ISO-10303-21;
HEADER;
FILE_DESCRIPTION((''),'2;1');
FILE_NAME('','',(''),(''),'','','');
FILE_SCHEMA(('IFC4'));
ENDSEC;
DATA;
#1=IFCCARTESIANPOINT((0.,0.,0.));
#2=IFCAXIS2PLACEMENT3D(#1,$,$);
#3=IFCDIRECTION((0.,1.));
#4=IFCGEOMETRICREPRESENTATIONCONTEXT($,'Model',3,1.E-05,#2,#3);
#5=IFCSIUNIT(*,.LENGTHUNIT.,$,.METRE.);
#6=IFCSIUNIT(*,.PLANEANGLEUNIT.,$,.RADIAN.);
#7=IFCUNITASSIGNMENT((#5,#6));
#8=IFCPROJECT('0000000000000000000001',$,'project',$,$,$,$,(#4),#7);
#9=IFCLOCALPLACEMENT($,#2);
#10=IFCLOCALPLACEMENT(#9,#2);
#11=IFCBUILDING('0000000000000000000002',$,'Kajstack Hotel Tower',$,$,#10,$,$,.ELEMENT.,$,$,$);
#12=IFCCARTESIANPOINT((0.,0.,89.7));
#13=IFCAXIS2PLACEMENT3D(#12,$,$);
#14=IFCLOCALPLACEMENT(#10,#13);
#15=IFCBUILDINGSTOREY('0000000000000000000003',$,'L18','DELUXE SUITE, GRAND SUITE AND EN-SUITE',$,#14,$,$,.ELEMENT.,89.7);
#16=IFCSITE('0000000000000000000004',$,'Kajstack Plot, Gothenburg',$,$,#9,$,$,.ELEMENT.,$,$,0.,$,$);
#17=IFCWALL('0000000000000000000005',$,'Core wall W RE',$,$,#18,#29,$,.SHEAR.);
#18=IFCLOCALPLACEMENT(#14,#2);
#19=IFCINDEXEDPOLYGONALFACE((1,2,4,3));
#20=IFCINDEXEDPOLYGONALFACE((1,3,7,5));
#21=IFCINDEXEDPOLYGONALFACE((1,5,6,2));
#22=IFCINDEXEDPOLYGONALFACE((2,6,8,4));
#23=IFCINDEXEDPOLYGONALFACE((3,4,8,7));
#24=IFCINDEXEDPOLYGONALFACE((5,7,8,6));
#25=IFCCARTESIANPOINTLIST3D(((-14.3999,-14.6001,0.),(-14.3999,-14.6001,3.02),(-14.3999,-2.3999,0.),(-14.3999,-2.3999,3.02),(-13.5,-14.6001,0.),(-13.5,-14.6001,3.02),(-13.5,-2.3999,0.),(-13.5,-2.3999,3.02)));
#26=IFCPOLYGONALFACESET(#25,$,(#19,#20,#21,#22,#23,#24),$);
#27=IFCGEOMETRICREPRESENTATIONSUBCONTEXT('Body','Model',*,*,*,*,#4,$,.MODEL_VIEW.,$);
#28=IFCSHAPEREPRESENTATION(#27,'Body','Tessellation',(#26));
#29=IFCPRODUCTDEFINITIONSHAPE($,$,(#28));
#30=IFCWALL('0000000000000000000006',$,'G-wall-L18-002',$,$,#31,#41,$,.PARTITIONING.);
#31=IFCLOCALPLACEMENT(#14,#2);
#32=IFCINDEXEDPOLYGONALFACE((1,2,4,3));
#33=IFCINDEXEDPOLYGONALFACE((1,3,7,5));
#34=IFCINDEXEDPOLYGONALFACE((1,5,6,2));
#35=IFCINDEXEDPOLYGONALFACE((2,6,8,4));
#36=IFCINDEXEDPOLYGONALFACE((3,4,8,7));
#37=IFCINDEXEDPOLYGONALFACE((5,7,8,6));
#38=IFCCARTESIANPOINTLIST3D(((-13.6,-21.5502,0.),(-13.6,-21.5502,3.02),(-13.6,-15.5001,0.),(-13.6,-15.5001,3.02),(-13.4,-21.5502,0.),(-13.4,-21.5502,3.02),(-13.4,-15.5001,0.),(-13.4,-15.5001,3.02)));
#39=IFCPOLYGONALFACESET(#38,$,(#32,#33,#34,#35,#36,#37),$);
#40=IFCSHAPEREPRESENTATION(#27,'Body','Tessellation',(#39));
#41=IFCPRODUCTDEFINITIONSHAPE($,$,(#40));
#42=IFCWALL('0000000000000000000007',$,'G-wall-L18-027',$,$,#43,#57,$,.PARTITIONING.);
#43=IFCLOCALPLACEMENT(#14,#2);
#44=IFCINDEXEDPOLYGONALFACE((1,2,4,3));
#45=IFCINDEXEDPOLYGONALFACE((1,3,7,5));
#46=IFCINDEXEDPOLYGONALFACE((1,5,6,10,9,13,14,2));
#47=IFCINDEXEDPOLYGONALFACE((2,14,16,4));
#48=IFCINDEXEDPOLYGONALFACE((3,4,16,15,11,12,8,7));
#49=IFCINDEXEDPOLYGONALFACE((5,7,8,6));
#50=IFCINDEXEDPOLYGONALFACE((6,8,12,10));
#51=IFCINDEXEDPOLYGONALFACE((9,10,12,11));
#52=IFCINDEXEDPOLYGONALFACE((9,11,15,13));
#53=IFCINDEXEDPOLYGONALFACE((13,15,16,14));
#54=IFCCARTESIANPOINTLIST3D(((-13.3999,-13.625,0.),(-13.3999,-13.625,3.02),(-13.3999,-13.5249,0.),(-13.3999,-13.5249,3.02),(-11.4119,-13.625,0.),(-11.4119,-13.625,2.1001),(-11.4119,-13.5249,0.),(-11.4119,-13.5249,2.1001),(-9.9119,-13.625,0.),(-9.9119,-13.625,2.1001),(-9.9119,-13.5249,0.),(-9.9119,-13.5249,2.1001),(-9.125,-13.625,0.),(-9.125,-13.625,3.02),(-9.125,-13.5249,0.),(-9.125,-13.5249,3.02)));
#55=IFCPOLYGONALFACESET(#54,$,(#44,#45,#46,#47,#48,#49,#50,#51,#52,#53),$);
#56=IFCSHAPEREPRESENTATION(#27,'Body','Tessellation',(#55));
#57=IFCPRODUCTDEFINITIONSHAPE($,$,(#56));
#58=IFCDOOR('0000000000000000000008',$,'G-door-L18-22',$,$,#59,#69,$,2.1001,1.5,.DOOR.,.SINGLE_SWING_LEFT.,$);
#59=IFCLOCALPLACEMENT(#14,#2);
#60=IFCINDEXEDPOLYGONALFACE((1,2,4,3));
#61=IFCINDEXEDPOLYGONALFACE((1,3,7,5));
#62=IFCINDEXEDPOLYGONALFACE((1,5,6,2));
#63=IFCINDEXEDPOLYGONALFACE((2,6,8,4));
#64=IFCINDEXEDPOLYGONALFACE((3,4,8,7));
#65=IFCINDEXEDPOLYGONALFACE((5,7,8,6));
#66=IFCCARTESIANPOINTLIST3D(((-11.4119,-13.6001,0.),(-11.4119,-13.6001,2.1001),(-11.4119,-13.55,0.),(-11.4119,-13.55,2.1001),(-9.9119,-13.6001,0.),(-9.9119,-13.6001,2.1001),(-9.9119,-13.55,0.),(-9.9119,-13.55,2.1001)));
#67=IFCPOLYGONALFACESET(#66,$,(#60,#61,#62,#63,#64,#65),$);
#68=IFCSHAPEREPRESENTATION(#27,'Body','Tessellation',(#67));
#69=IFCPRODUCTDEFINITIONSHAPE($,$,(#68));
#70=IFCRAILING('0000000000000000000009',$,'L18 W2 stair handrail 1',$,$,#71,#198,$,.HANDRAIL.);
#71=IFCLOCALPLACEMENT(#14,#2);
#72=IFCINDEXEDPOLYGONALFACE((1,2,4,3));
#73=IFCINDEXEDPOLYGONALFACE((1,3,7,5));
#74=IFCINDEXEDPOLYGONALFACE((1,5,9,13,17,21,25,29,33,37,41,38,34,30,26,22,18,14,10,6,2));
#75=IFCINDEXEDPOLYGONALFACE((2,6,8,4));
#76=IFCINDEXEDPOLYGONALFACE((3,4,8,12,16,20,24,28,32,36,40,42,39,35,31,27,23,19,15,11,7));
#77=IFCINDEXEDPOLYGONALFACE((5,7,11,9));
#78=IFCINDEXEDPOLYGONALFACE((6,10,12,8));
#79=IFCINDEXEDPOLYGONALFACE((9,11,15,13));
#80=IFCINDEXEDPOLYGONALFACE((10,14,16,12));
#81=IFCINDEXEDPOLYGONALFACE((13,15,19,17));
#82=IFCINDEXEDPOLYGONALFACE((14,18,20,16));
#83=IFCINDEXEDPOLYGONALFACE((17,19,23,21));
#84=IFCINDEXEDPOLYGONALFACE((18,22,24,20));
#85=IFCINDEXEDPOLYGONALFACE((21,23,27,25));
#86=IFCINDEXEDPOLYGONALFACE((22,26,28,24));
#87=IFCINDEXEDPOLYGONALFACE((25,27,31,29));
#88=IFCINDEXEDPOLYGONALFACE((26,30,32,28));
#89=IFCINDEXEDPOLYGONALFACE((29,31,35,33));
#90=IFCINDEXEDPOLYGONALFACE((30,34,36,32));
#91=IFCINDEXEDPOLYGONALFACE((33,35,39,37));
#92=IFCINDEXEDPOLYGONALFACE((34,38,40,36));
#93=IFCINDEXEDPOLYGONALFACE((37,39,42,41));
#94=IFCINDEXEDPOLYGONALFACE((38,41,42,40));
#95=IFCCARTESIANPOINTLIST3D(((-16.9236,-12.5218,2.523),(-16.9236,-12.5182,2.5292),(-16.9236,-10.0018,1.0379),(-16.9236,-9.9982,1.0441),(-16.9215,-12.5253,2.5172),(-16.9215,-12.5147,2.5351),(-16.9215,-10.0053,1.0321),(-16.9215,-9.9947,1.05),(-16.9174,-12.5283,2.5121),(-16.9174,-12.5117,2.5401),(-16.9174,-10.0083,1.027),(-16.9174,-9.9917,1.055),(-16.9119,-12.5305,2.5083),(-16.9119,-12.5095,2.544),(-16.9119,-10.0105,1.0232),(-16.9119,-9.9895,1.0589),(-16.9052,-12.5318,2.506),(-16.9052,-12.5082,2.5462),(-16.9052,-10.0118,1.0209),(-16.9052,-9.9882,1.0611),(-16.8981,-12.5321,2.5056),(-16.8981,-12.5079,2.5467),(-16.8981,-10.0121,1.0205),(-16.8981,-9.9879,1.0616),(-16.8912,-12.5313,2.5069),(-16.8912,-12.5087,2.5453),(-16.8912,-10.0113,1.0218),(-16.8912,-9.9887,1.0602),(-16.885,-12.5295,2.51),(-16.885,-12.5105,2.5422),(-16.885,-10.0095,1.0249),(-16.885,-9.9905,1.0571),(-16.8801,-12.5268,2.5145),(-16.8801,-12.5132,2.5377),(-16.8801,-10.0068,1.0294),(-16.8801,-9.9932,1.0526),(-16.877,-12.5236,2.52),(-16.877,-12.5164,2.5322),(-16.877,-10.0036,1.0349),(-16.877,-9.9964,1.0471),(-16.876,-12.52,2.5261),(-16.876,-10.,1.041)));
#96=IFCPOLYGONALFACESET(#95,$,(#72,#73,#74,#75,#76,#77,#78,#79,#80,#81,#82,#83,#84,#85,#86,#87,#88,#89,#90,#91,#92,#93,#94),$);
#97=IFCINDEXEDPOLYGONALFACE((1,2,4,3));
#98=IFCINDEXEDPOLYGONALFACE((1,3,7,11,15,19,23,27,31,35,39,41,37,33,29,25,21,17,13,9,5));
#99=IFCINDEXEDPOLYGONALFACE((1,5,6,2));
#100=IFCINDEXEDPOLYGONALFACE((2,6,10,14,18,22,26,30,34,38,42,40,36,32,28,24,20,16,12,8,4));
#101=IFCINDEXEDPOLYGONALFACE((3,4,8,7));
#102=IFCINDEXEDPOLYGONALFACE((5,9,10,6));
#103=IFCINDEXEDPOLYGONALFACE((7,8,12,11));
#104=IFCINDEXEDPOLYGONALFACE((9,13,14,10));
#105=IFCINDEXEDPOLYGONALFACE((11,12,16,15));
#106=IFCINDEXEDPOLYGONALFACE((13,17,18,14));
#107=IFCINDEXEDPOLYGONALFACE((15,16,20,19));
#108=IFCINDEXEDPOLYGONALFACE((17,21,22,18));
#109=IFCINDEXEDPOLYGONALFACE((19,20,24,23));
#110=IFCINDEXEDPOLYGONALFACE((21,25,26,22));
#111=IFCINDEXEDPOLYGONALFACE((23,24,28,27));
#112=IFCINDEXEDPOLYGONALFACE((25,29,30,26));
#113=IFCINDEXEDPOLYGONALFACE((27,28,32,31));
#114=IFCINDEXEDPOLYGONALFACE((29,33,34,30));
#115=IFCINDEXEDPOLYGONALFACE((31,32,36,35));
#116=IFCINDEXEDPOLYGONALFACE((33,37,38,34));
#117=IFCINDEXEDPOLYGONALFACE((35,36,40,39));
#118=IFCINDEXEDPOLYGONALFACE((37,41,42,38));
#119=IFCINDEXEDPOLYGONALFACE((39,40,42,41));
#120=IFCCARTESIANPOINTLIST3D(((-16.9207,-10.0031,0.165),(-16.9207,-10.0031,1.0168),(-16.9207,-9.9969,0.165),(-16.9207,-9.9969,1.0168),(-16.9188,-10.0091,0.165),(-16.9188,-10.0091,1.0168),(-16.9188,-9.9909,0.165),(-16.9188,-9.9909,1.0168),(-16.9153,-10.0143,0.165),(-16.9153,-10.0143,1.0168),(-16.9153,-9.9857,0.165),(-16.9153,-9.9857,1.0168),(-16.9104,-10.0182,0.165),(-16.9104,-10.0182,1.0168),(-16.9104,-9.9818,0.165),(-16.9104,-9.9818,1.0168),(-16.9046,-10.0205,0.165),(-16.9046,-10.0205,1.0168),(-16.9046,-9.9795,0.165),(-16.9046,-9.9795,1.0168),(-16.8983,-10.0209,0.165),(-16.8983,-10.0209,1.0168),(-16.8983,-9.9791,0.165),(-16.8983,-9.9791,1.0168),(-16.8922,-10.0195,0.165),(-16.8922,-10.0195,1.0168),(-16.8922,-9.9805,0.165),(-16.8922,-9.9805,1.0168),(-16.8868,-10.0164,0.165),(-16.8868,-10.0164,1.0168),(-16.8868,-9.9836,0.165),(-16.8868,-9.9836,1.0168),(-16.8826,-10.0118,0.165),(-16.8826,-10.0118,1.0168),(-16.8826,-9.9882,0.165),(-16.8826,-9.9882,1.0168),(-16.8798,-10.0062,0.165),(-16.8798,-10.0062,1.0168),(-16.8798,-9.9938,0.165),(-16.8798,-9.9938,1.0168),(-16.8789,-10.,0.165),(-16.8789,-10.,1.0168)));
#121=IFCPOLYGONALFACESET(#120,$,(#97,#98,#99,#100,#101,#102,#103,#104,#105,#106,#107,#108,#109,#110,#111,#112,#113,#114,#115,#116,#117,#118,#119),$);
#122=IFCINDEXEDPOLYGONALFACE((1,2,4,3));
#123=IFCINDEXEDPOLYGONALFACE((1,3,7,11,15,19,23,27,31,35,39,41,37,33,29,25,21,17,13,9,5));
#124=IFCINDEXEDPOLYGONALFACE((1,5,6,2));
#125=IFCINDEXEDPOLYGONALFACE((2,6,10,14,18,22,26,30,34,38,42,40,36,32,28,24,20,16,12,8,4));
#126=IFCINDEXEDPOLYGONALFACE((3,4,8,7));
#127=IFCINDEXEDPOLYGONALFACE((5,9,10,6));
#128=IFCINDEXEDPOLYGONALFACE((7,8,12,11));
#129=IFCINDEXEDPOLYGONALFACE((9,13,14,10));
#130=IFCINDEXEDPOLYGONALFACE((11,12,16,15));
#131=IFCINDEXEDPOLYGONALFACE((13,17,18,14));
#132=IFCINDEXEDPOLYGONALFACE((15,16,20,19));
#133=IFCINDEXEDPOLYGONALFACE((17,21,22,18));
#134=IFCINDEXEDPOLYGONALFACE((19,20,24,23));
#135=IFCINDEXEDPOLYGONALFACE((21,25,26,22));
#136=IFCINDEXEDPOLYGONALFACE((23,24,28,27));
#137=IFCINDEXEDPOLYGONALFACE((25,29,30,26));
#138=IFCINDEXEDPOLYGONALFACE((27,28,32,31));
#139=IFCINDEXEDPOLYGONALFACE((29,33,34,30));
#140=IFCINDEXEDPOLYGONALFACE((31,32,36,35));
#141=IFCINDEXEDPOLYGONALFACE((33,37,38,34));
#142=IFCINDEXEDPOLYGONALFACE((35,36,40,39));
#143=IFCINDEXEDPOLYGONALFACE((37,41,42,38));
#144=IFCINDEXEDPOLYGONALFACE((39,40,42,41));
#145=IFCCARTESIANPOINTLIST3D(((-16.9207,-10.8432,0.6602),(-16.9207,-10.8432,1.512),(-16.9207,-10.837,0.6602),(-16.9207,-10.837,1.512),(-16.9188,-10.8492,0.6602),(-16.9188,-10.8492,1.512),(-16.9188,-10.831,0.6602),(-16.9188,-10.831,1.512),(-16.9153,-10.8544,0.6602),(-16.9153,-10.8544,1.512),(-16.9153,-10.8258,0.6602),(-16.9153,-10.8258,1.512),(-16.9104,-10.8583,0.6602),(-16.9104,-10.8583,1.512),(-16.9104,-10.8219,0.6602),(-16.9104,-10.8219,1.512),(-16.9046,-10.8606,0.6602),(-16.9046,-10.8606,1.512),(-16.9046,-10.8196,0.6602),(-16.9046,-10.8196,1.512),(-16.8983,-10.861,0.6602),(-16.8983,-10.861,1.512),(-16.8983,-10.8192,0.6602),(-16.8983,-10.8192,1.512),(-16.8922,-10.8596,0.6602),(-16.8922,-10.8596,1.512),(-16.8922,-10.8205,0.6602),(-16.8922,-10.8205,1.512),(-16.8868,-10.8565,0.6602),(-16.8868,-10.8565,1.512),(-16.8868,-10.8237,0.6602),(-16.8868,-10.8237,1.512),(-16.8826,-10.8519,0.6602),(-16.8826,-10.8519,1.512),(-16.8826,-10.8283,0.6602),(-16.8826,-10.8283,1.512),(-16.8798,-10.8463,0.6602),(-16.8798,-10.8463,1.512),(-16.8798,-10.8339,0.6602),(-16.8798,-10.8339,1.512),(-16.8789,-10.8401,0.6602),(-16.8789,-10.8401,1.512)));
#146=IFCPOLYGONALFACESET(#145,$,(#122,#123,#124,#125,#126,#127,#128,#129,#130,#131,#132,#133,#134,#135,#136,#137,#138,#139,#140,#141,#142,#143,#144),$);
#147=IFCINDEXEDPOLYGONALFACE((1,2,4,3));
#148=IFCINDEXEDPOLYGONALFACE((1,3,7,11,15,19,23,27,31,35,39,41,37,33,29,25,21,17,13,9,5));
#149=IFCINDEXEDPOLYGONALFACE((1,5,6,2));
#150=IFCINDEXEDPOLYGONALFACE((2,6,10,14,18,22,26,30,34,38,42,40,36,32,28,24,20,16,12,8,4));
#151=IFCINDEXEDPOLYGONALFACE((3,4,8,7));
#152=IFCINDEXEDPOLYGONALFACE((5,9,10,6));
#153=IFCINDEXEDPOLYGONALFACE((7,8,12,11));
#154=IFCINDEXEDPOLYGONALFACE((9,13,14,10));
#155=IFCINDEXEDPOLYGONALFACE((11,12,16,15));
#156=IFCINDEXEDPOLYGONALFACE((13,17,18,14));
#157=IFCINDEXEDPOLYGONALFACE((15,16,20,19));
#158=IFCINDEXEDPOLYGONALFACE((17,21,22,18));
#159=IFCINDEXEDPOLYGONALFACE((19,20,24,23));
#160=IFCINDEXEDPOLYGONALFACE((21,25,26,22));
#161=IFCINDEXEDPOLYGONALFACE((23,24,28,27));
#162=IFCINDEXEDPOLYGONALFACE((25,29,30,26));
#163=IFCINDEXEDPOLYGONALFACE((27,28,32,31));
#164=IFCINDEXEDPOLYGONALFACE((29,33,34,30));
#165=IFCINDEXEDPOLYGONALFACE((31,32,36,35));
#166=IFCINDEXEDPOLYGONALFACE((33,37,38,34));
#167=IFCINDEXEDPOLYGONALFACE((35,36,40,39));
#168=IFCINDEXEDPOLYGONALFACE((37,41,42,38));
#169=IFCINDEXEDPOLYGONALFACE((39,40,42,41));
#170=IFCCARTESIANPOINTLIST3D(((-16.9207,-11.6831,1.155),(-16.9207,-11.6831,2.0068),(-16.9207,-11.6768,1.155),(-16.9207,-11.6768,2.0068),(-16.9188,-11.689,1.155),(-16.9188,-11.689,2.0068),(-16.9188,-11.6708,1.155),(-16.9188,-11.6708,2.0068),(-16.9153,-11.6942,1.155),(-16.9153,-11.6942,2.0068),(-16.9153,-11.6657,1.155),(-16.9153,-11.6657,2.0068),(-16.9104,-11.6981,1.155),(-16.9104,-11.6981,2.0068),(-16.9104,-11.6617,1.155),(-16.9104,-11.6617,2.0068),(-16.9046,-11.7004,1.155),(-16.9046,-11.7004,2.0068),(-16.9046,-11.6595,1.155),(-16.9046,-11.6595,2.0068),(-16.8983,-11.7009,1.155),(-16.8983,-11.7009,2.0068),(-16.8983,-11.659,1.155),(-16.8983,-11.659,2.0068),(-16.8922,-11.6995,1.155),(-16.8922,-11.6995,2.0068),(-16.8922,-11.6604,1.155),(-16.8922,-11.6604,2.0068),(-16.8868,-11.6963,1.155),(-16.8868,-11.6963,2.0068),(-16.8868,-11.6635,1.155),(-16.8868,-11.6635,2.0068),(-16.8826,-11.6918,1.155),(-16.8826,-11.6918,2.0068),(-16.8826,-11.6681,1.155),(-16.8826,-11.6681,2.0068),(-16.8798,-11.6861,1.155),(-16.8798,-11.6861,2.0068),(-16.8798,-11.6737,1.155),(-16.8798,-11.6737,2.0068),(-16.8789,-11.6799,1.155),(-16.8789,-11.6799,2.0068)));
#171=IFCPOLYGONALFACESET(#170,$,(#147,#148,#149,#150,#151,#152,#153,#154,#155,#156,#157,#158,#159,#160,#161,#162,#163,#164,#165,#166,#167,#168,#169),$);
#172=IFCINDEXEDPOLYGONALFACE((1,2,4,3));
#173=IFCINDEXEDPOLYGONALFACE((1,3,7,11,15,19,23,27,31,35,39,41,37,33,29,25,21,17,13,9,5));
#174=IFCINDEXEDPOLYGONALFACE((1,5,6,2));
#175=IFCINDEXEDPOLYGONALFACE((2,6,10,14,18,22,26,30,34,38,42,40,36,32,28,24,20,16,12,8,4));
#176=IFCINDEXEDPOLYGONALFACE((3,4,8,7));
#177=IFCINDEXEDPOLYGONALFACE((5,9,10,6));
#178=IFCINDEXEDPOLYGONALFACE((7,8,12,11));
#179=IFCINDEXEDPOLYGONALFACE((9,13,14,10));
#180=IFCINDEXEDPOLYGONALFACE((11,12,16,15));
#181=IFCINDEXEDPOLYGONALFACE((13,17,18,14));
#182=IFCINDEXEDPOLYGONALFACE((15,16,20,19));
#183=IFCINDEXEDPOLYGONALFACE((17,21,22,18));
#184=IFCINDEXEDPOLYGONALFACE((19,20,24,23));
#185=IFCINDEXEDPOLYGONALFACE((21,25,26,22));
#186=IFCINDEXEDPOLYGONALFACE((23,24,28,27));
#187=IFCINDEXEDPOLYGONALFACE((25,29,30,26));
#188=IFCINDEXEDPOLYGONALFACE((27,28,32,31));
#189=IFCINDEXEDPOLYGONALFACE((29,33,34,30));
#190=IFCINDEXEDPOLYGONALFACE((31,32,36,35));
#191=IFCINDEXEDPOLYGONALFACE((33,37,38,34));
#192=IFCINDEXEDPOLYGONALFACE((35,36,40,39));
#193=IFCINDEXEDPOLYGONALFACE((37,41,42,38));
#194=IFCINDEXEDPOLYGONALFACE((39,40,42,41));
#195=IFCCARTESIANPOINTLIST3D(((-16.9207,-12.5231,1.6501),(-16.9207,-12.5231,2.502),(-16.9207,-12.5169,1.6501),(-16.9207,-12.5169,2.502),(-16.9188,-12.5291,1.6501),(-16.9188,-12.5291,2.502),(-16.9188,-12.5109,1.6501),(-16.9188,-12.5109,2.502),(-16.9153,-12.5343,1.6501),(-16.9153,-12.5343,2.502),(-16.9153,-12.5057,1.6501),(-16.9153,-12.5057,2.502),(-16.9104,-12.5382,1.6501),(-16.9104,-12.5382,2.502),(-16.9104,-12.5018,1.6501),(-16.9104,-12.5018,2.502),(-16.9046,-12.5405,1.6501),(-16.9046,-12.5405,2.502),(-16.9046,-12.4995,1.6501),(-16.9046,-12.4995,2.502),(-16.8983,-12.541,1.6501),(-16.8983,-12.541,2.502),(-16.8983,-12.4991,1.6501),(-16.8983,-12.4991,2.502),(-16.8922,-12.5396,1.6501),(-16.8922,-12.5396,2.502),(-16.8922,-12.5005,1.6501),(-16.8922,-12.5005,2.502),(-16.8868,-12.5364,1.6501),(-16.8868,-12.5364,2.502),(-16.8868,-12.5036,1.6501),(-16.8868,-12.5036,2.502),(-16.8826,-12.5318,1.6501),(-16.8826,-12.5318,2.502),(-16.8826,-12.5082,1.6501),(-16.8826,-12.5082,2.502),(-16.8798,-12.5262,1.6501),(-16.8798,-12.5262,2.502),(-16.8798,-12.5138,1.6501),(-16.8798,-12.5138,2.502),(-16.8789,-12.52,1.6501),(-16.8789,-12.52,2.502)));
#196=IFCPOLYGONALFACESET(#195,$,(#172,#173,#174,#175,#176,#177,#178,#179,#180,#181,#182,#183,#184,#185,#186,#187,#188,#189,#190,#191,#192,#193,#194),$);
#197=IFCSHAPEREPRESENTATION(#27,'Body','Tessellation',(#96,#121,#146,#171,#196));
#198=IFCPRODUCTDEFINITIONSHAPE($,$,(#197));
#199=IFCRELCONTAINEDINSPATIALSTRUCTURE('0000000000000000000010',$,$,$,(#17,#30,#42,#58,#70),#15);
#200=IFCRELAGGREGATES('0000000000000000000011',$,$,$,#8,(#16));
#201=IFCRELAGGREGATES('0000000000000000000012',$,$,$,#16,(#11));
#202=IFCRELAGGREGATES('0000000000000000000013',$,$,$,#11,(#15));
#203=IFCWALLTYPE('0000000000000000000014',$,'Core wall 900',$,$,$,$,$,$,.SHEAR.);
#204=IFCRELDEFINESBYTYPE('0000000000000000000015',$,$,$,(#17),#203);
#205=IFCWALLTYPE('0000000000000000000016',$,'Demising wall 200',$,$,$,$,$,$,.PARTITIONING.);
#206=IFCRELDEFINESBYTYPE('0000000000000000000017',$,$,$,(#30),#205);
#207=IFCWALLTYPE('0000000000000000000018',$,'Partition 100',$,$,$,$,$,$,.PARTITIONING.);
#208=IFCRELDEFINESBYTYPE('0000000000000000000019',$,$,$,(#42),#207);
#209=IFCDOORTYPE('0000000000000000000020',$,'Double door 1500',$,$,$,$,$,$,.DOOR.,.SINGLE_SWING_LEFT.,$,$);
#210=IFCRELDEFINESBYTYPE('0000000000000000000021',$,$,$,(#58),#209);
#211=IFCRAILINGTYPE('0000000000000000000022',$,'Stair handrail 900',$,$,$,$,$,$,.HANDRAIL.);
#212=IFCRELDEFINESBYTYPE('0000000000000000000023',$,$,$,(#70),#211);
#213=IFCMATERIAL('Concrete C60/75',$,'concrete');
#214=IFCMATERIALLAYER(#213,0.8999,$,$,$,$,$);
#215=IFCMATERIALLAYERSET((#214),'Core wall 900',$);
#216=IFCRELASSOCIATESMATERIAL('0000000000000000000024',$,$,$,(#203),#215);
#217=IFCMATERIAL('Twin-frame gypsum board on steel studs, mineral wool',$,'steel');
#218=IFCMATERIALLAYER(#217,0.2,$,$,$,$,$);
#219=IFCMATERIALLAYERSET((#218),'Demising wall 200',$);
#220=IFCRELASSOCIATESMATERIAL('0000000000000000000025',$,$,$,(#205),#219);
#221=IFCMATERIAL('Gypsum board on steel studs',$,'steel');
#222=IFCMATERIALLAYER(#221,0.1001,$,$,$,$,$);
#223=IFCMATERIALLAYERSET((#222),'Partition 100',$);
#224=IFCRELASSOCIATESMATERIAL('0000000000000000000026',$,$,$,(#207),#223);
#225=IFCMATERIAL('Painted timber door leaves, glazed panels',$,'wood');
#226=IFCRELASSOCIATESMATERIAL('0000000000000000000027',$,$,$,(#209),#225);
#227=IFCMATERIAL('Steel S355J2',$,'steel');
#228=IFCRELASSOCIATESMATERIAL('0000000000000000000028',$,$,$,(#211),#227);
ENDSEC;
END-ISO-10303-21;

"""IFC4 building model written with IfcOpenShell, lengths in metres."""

from ifc_helpers import new_model, si_unit, direction, frame, frame_2d, origin, origin_2d, place, context, subcontext, project, spatial, rectangle, circle, extrude, material, layer, layer_set, type_object, element, fill, save


model = new_model("IFC4")

# Units and contexts
model_context = context("Model", 3, precision=1e-05, world=origin(), true_north=direction((0.0, 1.0)))
body_context = subcontext(model_context, "Body", "Model", "MODEL_VIEW")
ifc_project = project(units=[si_unit("LENGTHUNIT", "METRE"), si_unit("PLANEANGLEUNIT", "RADIAN")], contexts=[model_context])

# Site, building, storey
site_placement = place(None, origin())
site = spatial("IfcSite", under=ifc_project, at=site_placement, Name="Kajstack Plot, Gothenburg", CompositionType="ELEMENT", RefElevation=0.0)
building_placement = place(site_placement, origin())
building = spatial("IfcBuilding", under=site, at=building_placement, Name="Kajstack Hotel Tower", CompositionType="ELEMENT")
storey_placement = place(building_placement, frame((0.0, 0.0, 89.7)))
storey = spatial("IfcBuildingStorey", under=building, at=storey_placement, Name="L18", Description="DELUXE SUITE, GRAND SUITE AND EN-SUITE", CompositionType="ELEMENT", Elevation=89.7)

# Walls
ifc_material_1 = material(Name="Concrete C60/75", Category="concrete")
ifc_layer_1 = layer(ifc_material_1, 0.8999)
ifc_layer_set_1 = layer_set([ifc_layer_1], Name="Core wall 900")
wall_type_1 = type_object("IfcWallType", Name="Core wall 900", PredefinedType="SHEAR", material=ifc_layer_set_1)
wall_1_placement = place(storey_placement, frame((-13.95, -14.6001, 0.0), z_axis=(0.0, 0.0, 1.0), x_axis=(0.0, 1.0, 0.0)))
element("IfcWall", 1, at=wall_1_placement, inside=storey, type_object=wall_type_1, Name="Core wall W RE", PredefinedType="SHEAR", context=body_context, shape_type="SweptSolid", body=[
    extrude(rectangle(XDim=12.2002, YDim=0.8999, at=frame_2d((6.1001, 0.0))), origin(), (0.0, 0.0, 1.0), 3.02),
])
ifc_material_2 = material(Name="Twin-frame gypsum board on steel studs, mineral wool", Category="steel")
ifc_layer_2 = layer(ifc_material_2, 0.2)
ifc_layer_set_2 = layer_set([ifc_layer_2], Name="Demising wall 200")
wall_type_2 = type_object("IfcWallType", Name="Demising wall 200", PredefinedType="PARTITIONING", material=ifc_layer_set_2)
wall_2_placement = place(storey_placement, frame((-13.5, -21.55, 0.0), z_axis=(0.0, 0.0, 1.0), x_axis=(0.0, 1.0, 0.0)))
element("IfcWall", 2, at=wall_2_placement, inside=storey, type_object=wall_type_2, Name="G-wall-L18-002", PredefinedType="PARTITIONING", context=body_context, shape_type="SweptSolid", body=[
    extrude(rectangle(XDim=6.05, YDim=0.2, at=frame_2d((3.0249, 0.0))), origin(), (0.0, 0.0, 1.0), 3.02),
])

# Wall, opening, door
ifc_material_3 = material(Name="Gypsum board on steel studs", Category="steel")
ifc_layer_3 = layer(ifc_material_3, 0.1001)
ifc_layer_set_3 = layer_set([ifc_layer_3], Name="Partition 100")
wall_type_3 = type_object("IfcWallType", Name="Partition 100", PredefinedType="PARTITIONING", material=ifc_layer_set_3)
wall_3_placement = place(storey_placement, frame((-13.3999, -13.575, 0.0), z_axis=(0.0, 0.0, 1.0), x_axis=(1.0, 0.0, 0.0)))
wall_3 = element("IfcWall", 3, at=wall_3_placement, inside=storey, type_object=wall_type_3, Name="G-wall-L18-027", PredefinedType="PARTITIONING", context=body_context, shape_type="SweptSolid", body=[
    extrude(rectangle(XDim=4.2749, YDim=0.1001, at=frame_2d((2.1375, 0.0))), origin(), (0.0, 0.0, 1.0), 3.02),
])
opening_1_placement = place(wall_3_placement, frame((1.988, 0.0, 0.0)))
opening_1 = element("IfcOpeningElement", 4, at=opening_1_placement, cuts=wall_3, PredefinedType="OPENING", context=body_context, shape_type="SweptSolid", body=[
    extrude(rectangle(XDim=1.5, YDim=2.1001, at=frame_2d((0.75, 1.05))), frame((0.0, 0.0601, 0.0), z_axis=(0.0, -1.0, 0.0), x_axis=(1.0, 0.0, 0.0)), (0.0, 0.0, 1.0), 0.1201),
])
ifc_material_4 = material(Name="Painted timber door leaves, glazed panels", Category="wood")
door_type = type_object("IfcDoorType", Name="Double door 1500", OperationType="SINGLE_SWING_LEFT", PredefinedType="DOOR", material=ifc_material_4)
door_placement = place(opening_1_placement, origin())
door = element("IfcDoor", 5, at=door_placement, inside=storey, type_object=door_type, Name="G-door-L18-22", OperationType="SINGLE_SWING_LEFT", OverallHeight=2.1001, OverallWidth=1.5, PredefinedType="DOOR", context=body_context, shape_type="SweptSolid", body=[
    extrude(rectangle(XDim=1.5, YDim=2.1001, at=frame_2d((0.75, 1.05))), frame((0.0, 0.0249, 0.0), z_axis=(0.0, -1.0, 0.0), x_axis=(1.0, 0.0, 0.0)), (0.0, 0.0, 1.0), 0.05),
])
fill(opening_1, door)

# Railing
ifc_material_5 = material(Name="Steel S355J2", Category="steel")
railing_type_1 = type_object("IfcRailingType", Name="Stair handrail 900", PredefinedType="HANDRAIL", material=ifc_material_5)
railing_1_placement = place(storey_placement, frame((-16.8999, -10.0, 0.165)))
element("IfcRailing", 6, at=railing_1_placement, inside=storey, type_object=railing_type_1, Name="L18 W2 stair handrail 1", PredefinedType="HANDRAIL", context=body_context, shape_type="SweptSolid", body=[
    extrude(circle(Radius=0.0239, at=origin_2d()), frame((0.0, 0.0, 0.876), z_axis=(0.0, -0.861524, 0.507717), x_axis=(1.0, 0.0, 0.0)), (0.0, 0.0, 1.0), 2.925),
    extrude(circle(Radius=0.021, at=origin_2d()), origin(), (0.0, 0.0, 1.0), 0.8518),
    extrude(circle(Radius=0.021, at=origin_2d()), frame((0.0, -0.8401, 0.4951)), (0.0, 0.0, 1.0), 0.8518),
    extrude(circle(Radius=0.021, at=origin_2d()), frame((0.0, -1.6799, 0.99)), (0.0, 0.0, 1.0), 0.8518),
    extrude(circle(Radius=0.021, at=origin_2d()), frame((0.0, -2.52, 1.4851)), (0.0, 0.0, 1.0), 0.8518),
])

save(model, "model.ifc")
